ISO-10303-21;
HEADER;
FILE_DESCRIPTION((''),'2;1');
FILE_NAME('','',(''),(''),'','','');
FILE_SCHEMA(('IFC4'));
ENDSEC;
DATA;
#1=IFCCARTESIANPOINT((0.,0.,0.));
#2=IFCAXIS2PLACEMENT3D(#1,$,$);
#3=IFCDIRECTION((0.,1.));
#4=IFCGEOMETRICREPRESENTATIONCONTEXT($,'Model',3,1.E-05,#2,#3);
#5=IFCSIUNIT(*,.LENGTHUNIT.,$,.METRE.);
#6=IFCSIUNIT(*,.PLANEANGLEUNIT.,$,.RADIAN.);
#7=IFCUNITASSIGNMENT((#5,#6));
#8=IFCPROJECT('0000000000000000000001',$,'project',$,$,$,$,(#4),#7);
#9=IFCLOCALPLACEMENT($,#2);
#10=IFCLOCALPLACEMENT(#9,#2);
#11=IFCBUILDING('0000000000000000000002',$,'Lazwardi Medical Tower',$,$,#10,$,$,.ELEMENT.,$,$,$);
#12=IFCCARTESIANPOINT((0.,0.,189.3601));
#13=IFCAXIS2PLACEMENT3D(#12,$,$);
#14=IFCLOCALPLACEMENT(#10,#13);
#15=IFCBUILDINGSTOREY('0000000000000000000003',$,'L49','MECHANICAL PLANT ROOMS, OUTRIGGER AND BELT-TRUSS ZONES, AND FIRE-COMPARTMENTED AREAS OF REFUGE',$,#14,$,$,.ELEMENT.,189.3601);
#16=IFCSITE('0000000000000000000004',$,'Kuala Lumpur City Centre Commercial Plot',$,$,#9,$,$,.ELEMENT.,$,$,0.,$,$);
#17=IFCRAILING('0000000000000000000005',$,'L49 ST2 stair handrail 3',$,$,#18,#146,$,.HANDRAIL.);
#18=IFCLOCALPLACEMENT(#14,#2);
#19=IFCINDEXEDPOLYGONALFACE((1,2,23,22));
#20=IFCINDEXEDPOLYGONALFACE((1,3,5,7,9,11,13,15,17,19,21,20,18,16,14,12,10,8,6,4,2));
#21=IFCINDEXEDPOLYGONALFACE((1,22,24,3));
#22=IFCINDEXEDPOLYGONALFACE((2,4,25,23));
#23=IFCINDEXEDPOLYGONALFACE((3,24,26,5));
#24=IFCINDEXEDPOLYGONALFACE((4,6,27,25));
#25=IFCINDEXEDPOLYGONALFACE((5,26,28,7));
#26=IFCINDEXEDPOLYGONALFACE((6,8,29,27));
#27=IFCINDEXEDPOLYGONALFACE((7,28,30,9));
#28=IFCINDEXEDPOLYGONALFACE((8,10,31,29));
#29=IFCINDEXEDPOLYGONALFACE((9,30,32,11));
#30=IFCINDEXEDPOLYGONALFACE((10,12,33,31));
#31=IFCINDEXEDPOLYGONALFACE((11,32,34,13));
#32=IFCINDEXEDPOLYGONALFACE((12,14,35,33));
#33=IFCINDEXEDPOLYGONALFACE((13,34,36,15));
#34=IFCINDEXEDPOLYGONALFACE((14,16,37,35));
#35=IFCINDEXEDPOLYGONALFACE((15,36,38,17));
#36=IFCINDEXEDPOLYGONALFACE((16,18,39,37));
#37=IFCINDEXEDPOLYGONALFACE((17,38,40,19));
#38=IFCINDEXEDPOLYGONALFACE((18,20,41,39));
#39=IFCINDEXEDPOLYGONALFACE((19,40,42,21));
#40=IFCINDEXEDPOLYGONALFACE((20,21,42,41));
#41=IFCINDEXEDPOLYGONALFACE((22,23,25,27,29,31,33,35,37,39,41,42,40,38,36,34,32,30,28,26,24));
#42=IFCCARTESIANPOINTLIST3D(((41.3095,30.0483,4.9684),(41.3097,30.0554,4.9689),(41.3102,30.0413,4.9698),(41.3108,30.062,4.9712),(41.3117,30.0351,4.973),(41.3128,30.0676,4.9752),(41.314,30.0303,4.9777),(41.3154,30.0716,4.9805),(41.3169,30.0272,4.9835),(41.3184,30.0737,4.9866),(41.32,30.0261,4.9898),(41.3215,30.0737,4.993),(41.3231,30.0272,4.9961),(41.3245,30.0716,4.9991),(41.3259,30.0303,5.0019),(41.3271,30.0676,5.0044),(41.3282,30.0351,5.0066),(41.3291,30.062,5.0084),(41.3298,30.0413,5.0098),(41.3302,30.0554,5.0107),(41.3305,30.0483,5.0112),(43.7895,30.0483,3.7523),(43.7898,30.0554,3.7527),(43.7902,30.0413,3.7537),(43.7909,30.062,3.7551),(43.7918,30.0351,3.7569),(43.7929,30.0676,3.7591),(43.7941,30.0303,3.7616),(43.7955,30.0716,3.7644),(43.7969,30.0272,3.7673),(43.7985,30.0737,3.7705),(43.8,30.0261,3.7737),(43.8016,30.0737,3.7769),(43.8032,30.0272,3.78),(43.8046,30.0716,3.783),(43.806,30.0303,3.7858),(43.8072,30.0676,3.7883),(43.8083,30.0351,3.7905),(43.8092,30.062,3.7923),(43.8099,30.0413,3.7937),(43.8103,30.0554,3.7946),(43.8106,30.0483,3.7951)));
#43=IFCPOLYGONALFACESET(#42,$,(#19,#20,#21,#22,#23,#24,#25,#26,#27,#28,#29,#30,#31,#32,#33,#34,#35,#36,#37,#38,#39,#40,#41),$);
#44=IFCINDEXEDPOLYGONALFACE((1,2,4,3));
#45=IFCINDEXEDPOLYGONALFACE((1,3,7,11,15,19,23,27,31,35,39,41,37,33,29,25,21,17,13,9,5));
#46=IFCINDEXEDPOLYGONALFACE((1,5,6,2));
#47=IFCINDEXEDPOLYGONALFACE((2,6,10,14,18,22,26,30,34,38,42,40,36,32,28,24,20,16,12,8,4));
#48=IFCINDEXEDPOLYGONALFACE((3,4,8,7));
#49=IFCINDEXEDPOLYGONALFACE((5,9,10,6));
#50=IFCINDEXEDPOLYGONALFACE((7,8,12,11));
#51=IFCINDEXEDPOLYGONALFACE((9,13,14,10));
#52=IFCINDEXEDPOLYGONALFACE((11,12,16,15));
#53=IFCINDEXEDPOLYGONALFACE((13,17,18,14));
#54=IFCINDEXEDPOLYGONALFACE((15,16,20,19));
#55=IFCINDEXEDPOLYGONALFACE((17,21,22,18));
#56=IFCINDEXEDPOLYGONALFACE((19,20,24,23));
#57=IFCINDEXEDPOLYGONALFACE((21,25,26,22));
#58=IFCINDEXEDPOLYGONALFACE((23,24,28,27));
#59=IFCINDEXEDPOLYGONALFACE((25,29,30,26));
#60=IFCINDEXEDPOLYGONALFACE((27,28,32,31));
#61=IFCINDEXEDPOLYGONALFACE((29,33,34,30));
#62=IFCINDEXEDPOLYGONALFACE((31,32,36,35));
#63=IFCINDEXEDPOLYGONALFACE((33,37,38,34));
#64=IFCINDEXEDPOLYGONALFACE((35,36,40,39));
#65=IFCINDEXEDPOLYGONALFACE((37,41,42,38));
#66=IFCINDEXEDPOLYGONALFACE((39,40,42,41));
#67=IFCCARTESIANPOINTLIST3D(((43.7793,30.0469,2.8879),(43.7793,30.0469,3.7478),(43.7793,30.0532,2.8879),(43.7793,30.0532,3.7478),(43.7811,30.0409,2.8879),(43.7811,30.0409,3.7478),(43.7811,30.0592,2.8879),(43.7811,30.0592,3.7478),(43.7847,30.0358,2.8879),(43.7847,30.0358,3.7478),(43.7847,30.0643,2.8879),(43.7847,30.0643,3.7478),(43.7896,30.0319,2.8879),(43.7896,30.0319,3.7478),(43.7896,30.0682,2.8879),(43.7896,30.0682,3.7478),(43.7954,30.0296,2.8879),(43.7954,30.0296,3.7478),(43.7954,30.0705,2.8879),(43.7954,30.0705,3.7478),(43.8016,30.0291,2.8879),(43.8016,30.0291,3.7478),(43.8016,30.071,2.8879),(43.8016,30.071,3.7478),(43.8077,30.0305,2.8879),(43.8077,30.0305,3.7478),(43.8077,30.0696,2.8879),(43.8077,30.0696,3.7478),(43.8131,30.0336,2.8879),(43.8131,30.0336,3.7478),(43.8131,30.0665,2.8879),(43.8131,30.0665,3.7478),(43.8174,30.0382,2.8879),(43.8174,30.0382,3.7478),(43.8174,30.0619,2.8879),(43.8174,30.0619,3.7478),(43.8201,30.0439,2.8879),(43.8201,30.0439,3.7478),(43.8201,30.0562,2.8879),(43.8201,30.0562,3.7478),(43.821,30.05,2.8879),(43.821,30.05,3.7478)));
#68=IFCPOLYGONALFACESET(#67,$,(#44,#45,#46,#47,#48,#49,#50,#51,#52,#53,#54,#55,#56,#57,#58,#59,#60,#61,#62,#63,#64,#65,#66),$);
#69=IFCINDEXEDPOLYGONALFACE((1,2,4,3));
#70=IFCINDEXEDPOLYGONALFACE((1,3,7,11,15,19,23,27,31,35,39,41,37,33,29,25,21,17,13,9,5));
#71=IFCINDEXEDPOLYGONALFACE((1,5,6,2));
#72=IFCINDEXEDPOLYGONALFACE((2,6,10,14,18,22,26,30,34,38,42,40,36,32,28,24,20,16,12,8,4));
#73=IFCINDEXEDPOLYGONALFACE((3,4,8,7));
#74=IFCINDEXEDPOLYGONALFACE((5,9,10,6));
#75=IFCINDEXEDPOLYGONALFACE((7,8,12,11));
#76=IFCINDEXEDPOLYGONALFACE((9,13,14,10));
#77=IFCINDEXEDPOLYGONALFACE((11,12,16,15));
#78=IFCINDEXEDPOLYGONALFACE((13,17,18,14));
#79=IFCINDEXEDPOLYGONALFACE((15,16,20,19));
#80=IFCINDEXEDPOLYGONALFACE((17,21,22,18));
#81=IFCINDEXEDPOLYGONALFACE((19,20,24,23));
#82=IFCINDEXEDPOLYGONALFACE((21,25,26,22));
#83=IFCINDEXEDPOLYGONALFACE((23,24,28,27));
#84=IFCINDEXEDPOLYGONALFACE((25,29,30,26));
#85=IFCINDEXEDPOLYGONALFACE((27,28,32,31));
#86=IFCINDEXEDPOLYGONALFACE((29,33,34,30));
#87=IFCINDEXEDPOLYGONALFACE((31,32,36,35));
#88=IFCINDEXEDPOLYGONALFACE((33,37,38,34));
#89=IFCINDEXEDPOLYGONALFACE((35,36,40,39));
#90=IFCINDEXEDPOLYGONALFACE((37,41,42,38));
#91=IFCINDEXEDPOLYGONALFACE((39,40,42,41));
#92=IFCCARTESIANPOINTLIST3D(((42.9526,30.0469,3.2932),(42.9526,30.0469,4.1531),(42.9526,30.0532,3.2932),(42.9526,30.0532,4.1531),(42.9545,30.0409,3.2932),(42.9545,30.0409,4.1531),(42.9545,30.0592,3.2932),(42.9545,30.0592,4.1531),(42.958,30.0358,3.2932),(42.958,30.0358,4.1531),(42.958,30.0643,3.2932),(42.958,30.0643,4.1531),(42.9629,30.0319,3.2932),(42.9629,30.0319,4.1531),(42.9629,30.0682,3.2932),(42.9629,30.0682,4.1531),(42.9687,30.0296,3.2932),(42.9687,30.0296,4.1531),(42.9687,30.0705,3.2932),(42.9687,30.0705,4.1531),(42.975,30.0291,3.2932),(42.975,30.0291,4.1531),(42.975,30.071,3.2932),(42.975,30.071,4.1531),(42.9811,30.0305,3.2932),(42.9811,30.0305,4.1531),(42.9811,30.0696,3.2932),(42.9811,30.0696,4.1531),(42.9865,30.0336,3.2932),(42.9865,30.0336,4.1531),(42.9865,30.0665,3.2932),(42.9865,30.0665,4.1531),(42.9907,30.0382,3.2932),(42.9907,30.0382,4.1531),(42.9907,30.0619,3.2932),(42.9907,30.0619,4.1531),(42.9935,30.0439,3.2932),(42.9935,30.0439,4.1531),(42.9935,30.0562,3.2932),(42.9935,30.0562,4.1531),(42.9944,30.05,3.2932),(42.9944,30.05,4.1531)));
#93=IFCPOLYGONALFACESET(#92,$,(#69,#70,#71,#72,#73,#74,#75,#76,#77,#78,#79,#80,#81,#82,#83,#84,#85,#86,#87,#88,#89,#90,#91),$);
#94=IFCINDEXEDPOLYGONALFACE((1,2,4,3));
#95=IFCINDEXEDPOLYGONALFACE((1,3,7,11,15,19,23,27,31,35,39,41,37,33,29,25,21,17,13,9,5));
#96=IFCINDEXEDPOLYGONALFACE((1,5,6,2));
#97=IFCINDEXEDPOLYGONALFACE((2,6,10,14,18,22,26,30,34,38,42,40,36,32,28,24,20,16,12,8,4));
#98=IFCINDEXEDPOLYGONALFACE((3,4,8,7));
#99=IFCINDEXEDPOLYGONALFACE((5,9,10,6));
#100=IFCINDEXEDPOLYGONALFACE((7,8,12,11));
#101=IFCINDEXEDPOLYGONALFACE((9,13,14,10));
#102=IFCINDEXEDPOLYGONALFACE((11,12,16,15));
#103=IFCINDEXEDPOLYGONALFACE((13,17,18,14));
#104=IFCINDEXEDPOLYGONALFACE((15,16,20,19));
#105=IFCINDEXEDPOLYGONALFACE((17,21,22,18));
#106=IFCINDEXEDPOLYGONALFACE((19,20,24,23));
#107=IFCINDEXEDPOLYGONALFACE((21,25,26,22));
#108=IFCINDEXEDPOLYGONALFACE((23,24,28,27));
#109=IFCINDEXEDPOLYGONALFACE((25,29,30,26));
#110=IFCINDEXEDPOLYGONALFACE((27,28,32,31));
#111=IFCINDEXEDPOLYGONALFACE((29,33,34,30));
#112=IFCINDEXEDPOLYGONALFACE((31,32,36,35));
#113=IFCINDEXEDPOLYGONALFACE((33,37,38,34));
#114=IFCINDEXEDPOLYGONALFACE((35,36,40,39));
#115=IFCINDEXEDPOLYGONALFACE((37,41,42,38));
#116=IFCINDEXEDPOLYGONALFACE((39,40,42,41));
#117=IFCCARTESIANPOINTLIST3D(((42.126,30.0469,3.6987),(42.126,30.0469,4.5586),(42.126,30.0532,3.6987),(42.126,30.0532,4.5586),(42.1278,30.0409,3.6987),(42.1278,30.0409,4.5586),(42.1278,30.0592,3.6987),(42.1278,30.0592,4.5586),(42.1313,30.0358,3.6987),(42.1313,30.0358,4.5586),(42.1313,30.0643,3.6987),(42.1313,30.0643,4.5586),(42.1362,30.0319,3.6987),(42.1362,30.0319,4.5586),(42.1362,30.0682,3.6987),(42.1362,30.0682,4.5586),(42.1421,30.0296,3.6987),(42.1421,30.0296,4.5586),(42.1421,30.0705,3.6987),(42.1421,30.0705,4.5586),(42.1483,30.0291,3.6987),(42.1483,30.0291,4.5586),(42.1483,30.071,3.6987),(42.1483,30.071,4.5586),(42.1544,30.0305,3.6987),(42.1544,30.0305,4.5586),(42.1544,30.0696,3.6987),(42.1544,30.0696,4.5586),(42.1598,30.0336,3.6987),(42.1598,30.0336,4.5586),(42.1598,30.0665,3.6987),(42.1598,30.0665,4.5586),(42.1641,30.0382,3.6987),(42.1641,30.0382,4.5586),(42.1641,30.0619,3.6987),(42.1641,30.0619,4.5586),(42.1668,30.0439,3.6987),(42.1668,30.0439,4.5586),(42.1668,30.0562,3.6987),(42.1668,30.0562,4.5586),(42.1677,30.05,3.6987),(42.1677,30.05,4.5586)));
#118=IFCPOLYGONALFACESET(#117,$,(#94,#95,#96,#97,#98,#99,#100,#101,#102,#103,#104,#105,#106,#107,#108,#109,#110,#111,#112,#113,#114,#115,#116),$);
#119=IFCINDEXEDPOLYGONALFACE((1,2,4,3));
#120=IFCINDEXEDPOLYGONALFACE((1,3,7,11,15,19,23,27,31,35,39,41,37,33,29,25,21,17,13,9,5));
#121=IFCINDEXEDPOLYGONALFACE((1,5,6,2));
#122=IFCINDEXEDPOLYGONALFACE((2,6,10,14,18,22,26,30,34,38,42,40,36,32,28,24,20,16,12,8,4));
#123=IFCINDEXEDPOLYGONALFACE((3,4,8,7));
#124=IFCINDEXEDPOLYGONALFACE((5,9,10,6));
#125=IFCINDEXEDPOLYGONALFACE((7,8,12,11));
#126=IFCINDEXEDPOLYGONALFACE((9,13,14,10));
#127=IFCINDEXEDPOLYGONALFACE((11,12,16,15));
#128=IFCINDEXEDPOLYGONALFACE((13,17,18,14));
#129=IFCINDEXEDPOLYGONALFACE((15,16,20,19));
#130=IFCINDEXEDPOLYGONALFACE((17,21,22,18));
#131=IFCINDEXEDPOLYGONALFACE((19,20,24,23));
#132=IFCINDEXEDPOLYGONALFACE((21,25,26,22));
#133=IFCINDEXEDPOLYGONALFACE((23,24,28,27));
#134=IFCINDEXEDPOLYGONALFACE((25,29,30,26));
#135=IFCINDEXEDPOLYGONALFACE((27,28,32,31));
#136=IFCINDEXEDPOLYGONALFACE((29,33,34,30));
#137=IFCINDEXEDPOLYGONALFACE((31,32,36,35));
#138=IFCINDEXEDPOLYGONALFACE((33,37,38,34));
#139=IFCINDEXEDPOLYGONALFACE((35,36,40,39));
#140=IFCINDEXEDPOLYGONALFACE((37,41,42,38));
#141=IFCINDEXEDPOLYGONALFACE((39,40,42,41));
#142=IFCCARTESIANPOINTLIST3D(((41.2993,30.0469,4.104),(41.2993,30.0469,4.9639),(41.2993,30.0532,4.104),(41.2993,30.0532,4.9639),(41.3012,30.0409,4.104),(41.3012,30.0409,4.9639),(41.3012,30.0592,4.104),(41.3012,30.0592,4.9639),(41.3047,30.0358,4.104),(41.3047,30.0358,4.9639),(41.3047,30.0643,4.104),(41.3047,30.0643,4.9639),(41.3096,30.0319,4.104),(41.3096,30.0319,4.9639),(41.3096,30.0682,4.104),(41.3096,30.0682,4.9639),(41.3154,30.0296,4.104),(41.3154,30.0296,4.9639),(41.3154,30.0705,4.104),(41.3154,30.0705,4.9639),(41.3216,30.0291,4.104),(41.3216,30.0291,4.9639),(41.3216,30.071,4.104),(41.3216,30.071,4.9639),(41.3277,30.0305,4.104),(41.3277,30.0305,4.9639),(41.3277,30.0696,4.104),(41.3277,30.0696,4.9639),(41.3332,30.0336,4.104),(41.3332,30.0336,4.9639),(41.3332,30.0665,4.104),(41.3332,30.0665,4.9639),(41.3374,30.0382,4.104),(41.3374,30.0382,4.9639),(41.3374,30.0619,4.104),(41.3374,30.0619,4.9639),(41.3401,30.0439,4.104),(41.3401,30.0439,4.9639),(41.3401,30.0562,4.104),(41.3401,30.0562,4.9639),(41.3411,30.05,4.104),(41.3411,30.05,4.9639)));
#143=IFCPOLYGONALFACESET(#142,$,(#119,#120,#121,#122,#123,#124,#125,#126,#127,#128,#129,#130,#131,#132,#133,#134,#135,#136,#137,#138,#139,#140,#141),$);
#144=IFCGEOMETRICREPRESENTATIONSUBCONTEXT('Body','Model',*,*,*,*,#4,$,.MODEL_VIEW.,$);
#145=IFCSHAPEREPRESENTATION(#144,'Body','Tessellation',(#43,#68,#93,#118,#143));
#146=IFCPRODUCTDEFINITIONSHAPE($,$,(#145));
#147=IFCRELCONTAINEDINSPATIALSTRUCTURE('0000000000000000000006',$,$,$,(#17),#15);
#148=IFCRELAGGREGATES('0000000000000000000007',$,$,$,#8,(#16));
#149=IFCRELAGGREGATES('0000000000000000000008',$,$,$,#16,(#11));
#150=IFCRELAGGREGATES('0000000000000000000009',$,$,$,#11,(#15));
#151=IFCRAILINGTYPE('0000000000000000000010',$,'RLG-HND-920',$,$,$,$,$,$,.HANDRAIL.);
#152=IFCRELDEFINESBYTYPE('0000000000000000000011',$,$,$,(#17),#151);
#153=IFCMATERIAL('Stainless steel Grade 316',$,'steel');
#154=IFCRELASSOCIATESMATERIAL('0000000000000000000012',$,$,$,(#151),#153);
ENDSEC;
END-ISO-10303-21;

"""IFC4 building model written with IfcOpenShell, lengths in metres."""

from ifc_helpers import new_model, si_unit, direction, frame, origin, origin_2d, place, context, subcontext, project, spatial, circle, extrude, material, type_object, element, save


model = new_model("IFC4")

# Units and contexts
model_context = context("Model", 3, precision=1e-05, world=origin(), true_north=direction((0.0, 1.0)))
body_context = subcontext(model_context, "Body", "Model", "MODEL_VIEW")
ifc_project = project(units=[si_unit("LENGTHUNIT", "METRE"), si_unit("PLANEANGLEUNIT", "RADIAN")], contexts=[model_context])

# Site, building, storey
site_placement = place(None, origin())
site = spatial("IfcSite", under=ifc_project, at=site_placement, Name="Kuala Lumpur City Centre Commercial Plot", CompositionType="ELEMENT", RefElevation=0.0)
building_placement = place(site_placement, origin())
building = spatial("IfcBuilding", under=site, at=building_placement, Name="Lazwardi Medical Tower", CompositionType="ELEMENT")
storey_placement = place(building_placement, frame((0.0, 0.0, 189.3601)))
storey = spatial("IfcBuildingStorey", under=building, at=storey_placement, Name="L49", Description="MECHANICAL PLANT ROOMS, OUTRIGGER AND BELT-TRUSS ZONES, AND FIRE-COMPARTMENTED AREAS OF REFUGE", CompositionType="ELEMENT", Elevation=189.3601)

# Railing
ifc_material_1 = material(Name="Stainless steel Grade 316", Category="steel")
railing_type_1 = type_object("IfcRailingType", Name="RLG-HND-920", PredefinedType="HANDRAIL", material=ifc_material_1)
for number, where, name in (
    (1, (43.8, 30.05, 2.8879), "L49 ST2 stair handrail 3"),
):
    element("IfcRailing", number, at=place(storey_placement, frame(where)), inside=storey, type_object=railing_type_1, Name=name, PredefinedType="HANDRAIL", context=body_context, shape_type="SweptSolid", body=[
        extrude(circle(Radius=0.0239, at=origin_2d()), frame((0.0, 0.0, 0.8857), z_axis=(-0.897865, 0.0, 0.44027), x_axis=(0.0, -1.0, 0.0)), (0.0, 0.0, 1.0), 2.7622),
        extrude(circle(Radius=0.021, at=origin_2d()), origin(), (0.0, 0.0, 1.0), 0.8599),
        extrude(circle(Radius=0.021, at=origin_2d()), frame((-0.8267, 0.0, 0.4053)), (0.0, 0.0, 1.0), 0.8599),
        extrude(circle(Radius=0.021, at=origin_2d()), frame((-1.6533, 0.0, 0.8108)), (0.0, 0.0, 1.0), 0.8599),
        extrude(circle(Radius=0.021, at=origin_2d()), frame((-2.48, 0.0, 1.2161)), (0.0, 0.0, 1.0), 0.8599),
    ])

save(model, "model.ifc")
